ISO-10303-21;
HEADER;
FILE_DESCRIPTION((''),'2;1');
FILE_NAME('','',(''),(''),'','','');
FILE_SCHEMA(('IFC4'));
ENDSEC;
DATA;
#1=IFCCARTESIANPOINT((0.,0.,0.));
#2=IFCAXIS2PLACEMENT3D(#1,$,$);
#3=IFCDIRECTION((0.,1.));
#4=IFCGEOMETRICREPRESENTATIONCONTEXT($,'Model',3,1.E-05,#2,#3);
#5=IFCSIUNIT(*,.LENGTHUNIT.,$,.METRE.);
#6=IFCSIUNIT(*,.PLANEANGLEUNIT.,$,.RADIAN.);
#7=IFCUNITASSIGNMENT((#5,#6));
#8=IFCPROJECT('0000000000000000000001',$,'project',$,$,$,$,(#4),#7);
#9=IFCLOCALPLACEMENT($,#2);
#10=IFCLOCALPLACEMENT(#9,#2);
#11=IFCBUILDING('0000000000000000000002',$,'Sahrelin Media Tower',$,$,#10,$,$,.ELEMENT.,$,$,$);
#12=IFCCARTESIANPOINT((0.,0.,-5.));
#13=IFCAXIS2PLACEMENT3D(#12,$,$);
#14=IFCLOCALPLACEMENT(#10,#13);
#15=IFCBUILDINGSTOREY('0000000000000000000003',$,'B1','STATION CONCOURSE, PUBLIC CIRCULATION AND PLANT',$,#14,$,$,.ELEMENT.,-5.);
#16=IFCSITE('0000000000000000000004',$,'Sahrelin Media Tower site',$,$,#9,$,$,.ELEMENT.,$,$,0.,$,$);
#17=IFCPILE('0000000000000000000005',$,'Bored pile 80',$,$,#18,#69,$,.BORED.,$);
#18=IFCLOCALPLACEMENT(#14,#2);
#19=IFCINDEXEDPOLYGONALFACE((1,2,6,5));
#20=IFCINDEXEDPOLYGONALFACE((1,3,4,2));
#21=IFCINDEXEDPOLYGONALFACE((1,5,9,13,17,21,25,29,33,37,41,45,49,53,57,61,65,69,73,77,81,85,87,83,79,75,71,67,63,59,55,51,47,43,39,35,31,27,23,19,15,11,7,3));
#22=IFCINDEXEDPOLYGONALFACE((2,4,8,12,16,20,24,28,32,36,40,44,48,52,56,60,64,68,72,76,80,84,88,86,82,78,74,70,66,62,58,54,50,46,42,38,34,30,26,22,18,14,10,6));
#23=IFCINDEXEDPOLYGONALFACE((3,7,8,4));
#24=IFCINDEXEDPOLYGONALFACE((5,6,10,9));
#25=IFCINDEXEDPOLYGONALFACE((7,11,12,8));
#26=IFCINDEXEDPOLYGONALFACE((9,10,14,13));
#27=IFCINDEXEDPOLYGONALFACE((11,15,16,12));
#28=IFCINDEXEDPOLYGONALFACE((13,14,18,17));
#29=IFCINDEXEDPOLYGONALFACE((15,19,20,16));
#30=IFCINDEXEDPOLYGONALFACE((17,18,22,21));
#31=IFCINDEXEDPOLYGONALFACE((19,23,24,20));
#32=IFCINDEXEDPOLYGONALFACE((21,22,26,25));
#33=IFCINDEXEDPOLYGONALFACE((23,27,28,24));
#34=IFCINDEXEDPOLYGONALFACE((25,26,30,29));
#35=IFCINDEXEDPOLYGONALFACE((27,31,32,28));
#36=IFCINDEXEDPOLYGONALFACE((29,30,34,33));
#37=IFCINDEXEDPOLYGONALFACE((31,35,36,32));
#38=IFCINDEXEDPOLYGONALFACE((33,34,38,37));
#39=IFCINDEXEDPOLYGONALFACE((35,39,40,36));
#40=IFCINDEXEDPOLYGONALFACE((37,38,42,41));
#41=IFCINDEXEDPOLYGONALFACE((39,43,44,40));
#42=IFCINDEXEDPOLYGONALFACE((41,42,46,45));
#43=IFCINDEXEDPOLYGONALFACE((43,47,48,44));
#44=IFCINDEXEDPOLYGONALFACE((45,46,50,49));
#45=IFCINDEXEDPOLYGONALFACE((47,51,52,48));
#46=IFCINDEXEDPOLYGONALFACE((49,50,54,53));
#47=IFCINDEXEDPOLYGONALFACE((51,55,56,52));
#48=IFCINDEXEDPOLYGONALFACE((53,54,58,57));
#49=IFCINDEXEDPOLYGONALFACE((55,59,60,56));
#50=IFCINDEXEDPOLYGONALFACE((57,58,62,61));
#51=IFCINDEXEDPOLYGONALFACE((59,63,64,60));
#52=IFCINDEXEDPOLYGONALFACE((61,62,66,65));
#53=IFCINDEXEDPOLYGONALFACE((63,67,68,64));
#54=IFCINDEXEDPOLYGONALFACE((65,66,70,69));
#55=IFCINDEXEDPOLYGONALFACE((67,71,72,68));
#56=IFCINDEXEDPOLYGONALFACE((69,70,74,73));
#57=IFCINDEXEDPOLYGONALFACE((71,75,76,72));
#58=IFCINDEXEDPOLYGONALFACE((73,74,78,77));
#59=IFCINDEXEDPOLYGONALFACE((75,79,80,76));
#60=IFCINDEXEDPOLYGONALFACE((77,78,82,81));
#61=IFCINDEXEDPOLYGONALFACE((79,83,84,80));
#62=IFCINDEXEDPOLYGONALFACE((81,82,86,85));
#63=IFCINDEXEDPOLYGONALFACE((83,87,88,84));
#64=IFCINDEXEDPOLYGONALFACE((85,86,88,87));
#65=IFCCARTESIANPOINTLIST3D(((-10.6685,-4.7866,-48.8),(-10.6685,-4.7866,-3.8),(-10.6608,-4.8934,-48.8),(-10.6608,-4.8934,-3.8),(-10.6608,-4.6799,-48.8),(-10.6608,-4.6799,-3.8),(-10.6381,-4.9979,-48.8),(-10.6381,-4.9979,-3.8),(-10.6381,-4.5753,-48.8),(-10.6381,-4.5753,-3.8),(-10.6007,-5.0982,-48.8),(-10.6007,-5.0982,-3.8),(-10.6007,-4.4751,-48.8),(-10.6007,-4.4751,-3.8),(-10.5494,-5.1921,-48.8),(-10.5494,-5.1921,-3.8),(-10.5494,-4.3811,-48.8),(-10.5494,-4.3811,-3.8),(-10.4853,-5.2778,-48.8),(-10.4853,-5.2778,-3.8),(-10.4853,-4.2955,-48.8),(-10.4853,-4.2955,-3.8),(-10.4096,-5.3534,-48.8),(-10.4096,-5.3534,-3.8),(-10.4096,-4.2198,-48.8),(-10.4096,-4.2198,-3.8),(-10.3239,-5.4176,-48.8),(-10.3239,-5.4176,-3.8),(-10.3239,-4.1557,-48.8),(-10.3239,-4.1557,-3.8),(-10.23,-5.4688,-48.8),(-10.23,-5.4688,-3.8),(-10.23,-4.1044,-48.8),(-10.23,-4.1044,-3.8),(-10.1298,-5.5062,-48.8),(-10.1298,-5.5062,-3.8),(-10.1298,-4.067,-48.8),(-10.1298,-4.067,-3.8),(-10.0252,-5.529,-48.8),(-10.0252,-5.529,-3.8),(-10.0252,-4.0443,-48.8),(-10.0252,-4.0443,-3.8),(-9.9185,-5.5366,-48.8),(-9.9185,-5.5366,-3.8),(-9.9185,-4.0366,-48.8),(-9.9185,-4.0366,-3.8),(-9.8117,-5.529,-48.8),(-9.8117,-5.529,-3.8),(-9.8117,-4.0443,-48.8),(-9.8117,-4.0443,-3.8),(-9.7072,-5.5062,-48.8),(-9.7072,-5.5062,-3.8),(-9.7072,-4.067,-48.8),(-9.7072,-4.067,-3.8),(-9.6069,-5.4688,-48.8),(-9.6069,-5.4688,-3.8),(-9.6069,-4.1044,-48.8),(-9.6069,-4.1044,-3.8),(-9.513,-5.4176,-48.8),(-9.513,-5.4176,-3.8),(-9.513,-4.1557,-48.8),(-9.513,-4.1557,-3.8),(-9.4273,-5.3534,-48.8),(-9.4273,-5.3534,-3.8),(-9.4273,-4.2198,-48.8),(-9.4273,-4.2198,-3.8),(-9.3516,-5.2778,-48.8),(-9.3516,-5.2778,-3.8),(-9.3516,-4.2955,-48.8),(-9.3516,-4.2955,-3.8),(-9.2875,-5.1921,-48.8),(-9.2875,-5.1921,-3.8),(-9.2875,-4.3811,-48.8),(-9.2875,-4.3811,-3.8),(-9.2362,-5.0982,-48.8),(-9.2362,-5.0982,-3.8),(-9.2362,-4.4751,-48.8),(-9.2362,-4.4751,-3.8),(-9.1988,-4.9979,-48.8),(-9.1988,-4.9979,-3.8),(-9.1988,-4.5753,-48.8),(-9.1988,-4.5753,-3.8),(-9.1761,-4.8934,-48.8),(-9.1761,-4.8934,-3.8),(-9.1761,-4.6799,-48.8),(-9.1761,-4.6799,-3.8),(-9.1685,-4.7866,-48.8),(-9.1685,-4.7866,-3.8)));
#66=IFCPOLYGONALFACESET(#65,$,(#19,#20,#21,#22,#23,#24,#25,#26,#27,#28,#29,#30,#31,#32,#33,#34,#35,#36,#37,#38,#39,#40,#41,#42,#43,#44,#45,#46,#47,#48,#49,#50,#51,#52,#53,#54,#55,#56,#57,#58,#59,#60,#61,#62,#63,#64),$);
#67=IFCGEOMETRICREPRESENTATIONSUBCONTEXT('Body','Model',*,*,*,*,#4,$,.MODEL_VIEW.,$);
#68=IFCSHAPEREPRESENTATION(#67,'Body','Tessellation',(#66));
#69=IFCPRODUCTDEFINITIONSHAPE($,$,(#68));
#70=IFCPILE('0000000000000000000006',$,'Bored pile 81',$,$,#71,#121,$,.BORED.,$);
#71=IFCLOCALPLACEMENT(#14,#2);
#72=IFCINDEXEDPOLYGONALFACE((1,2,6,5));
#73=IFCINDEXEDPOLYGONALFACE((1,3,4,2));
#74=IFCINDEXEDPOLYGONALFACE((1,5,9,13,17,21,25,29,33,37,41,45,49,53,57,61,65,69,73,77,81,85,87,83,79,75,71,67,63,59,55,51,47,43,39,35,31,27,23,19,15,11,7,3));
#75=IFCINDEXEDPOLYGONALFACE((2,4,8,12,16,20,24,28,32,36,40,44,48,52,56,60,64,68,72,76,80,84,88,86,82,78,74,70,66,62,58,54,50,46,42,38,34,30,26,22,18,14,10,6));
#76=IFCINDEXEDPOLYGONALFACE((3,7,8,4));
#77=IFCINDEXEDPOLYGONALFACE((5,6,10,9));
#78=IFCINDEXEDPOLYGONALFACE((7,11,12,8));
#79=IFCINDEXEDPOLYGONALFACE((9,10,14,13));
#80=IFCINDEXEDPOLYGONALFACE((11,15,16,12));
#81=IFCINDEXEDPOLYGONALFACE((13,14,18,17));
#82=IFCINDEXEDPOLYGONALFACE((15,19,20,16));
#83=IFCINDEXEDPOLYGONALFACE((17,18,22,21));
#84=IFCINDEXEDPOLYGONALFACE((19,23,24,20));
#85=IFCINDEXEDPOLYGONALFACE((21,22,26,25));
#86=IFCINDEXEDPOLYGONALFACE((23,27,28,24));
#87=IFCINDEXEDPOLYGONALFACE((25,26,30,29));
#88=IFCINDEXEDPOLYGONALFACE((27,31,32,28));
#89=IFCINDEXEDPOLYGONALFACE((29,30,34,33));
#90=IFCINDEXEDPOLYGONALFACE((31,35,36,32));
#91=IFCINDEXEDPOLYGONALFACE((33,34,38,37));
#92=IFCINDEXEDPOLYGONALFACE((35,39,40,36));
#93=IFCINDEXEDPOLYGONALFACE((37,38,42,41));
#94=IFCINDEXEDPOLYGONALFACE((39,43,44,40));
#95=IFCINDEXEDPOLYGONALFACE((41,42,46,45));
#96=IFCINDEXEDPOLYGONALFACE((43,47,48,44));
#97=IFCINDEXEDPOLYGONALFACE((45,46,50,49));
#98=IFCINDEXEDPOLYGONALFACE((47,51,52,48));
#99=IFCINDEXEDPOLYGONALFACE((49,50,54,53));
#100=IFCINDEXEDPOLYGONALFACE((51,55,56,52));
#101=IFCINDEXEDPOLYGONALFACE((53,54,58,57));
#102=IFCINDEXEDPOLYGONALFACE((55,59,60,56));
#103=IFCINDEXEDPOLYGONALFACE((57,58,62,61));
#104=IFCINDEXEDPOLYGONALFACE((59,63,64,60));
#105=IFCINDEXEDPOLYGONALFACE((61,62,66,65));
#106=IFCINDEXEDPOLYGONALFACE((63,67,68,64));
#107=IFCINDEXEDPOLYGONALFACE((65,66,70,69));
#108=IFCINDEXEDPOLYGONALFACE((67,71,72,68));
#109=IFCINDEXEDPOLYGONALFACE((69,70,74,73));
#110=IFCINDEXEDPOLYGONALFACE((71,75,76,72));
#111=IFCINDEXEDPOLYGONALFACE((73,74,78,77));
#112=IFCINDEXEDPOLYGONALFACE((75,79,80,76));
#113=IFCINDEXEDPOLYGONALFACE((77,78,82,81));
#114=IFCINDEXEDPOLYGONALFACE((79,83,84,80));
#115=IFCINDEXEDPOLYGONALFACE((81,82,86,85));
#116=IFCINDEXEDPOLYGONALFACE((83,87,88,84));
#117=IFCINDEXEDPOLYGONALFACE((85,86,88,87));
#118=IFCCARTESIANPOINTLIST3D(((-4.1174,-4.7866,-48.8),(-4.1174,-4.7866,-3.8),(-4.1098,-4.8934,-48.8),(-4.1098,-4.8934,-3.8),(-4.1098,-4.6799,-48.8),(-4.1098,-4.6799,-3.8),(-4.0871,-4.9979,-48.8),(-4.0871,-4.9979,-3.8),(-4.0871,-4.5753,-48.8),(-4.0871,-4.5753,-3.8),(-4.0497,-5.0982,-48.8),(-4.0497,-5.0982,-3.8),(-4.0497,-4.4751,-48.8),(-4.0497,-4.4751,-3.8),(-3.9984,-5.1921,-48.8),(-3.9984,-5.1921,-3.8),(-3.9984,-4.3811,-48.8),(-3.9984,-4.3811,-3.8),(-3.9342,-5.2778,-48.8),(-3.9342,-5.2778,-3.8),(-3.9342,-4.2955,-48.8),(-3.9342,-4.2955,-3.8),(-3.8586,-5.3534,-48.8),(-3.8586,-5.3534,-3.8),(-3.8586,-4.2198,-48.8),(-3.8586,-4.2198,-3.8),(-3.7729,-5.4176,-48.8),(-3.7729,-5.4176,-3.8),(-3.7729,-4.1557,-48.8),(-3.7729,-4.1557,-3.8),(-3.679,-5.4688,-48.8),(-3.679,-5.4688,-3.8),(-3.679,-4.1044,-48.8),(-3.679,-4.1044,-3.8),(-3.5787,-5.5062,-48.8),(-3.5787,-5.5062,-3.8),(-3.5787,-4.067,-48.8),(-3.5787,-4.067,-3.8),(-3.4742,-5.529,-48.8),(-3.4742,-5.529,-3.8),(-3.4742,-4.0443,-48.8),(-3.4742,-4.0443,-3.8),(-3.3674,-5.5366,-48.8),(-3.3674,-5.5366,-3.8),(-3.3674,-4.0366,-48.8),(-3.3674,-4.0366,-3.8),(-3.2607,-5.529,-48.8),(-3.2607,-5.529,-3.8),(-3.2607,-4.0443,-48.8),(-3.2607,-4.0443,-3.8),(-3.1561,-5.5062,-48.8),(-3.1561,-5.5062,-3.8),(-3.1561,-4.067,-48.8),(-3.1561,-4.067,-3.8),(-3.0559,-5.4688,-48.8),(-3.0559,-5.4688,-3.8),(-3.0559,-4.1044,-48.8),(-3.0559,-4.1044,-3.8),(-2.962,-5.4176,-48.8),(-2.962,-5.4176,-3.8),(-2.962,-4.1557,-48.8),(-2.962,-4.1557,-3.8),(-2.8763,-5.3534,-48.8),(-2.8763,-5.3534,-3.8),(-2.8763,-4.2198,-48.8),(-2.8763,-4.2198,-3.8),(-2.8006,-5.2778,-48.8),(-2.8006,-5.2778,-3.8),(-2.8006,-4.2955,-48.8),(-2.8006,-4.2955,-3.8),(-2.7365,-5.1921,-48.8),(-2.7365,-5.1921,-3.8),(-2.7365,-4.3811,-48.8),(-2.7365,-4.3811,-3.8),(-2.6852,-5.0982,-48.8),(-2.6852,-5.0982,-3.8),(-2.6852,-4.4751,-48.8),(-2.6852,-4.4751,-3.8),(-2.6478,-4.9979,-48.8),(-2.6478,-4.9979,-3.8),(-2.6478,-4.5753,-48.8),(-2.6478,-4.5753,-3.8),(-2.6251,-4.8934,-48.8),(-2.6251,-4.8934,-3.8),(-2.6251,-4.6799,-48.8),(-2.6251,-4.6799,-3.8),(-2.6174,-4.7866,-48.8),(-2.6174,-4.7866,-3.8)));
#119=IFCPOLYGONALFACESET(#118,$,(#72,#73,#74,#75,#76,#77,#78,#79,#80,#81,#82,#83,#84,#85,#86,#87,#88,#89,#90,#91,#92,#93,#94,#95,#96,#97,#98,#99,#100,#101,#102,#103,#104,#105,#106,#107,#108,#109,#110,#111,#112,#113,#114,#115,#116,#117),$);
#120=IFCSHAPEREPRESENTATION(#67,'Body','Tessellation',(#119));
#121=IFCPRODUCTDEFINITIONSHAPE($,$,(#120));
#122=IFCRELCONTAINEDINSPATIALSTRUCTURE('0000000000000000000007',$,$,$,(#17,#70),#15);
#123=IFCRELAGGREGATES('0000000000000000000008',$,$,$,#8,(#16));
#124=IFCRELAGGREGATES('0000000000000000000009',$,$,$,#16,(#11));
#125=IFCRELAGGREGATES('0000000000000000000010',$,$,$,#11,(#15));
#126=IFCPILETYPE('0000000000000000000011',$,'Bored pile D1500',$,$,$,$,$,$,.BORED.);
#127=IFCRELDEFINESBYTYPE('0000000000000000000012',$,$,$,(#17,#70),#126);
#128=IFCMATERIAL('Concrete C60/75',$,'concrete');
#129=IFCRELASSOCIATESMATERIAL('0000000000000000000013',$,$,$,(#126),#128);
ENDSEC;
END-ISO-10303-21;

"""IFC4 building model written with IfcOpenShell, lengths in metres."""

from ifc_helpers import new_model, si_unit, direction, frame, origin, origin_2d, place, context, subcontext, project, spatial, circle, extrude, material, material_profile, profile_set, type_object, element, save


model = new_model("IFC4")

# Units and contexts
model_context = context("Model", 3, precision=1e-05, world=origin(), true_north=direction((0.0, 1.0)))
body_context = subcontext(model_context, "Body", "Model", "MODEL_VIEW")
ifc_project = project(units=[si_unit("LENGTHUNIT", "METRE"), si_unit("PLANEANGLEUNIT", "RADIAN")], contexts=[model_context])

# Site, building, storey
site_placement = place(None, origin())
site = spatial("IfcSite", under=ifc_project, at=site_placement, Name="Sahrelin Media Tower site", CompositionType="ELEMENT", RefElevation=0.0)
building_placement = place(site_placement, origin())
building = spatial("IfcBuilding", under=site, at=building_placement, Name="Sahrelin Media Tower", CompositionType="ELEMENT")
storey_placement = place(building_placement, frame((0.0, 0.0, -5.0)))
storey = spatial("IfcBuildingStorey", under=building, at=storey_placement, Name="B1", Description="STATION CONCOURSE, PUBLIC CIRCULATION AND PLANT", CompositionType="ELEMENT", Elevation=-5.0)

# Piles
ifc_material_1 = material(Name="Concrete C60/75", Category="concrete")
ifc_material_profile = material_profile(ifc_material_1, circle(Radius=0.75, at=origin_2d()), Name="Bored pile D1500")
ifc_profile_set = profile_set([ifc_material_profile], Name="Concrete C60/75")
pile_type = type_object("IfcPileType", Name="Bored pile D1500", PredefinedType="BORED", material=ifc_profile_set)
for number, where, z_axis, x_axis, name in (
    (1, (-9.9185, -4.7866, -3.8), (0.0, 0.0, -1.0), (1.0, 0.0, 0.0), "Bored pile 80"),
    (2, (-3.3674, -4.7866, -3.8), (0.0, 0.0, -1.0), (1.0, 0.0, 0.0), "Bored pile 81"),
):
    element("IfcPile", number, at=place(storey_placement, frame(where, z_axis=z_axis, x_axis=x_axis)), inside=storey, type_object=pile_type, Name=name, PredefinedType="BORED", context=body_context, shape_type="SweptSolid", body=[
        extrude(circle(Radius=0.75, at=origin_2d()), origin(), (0.0, 0.0, 1.0), 45.0),
    ])

save(model, "model.ifc")
